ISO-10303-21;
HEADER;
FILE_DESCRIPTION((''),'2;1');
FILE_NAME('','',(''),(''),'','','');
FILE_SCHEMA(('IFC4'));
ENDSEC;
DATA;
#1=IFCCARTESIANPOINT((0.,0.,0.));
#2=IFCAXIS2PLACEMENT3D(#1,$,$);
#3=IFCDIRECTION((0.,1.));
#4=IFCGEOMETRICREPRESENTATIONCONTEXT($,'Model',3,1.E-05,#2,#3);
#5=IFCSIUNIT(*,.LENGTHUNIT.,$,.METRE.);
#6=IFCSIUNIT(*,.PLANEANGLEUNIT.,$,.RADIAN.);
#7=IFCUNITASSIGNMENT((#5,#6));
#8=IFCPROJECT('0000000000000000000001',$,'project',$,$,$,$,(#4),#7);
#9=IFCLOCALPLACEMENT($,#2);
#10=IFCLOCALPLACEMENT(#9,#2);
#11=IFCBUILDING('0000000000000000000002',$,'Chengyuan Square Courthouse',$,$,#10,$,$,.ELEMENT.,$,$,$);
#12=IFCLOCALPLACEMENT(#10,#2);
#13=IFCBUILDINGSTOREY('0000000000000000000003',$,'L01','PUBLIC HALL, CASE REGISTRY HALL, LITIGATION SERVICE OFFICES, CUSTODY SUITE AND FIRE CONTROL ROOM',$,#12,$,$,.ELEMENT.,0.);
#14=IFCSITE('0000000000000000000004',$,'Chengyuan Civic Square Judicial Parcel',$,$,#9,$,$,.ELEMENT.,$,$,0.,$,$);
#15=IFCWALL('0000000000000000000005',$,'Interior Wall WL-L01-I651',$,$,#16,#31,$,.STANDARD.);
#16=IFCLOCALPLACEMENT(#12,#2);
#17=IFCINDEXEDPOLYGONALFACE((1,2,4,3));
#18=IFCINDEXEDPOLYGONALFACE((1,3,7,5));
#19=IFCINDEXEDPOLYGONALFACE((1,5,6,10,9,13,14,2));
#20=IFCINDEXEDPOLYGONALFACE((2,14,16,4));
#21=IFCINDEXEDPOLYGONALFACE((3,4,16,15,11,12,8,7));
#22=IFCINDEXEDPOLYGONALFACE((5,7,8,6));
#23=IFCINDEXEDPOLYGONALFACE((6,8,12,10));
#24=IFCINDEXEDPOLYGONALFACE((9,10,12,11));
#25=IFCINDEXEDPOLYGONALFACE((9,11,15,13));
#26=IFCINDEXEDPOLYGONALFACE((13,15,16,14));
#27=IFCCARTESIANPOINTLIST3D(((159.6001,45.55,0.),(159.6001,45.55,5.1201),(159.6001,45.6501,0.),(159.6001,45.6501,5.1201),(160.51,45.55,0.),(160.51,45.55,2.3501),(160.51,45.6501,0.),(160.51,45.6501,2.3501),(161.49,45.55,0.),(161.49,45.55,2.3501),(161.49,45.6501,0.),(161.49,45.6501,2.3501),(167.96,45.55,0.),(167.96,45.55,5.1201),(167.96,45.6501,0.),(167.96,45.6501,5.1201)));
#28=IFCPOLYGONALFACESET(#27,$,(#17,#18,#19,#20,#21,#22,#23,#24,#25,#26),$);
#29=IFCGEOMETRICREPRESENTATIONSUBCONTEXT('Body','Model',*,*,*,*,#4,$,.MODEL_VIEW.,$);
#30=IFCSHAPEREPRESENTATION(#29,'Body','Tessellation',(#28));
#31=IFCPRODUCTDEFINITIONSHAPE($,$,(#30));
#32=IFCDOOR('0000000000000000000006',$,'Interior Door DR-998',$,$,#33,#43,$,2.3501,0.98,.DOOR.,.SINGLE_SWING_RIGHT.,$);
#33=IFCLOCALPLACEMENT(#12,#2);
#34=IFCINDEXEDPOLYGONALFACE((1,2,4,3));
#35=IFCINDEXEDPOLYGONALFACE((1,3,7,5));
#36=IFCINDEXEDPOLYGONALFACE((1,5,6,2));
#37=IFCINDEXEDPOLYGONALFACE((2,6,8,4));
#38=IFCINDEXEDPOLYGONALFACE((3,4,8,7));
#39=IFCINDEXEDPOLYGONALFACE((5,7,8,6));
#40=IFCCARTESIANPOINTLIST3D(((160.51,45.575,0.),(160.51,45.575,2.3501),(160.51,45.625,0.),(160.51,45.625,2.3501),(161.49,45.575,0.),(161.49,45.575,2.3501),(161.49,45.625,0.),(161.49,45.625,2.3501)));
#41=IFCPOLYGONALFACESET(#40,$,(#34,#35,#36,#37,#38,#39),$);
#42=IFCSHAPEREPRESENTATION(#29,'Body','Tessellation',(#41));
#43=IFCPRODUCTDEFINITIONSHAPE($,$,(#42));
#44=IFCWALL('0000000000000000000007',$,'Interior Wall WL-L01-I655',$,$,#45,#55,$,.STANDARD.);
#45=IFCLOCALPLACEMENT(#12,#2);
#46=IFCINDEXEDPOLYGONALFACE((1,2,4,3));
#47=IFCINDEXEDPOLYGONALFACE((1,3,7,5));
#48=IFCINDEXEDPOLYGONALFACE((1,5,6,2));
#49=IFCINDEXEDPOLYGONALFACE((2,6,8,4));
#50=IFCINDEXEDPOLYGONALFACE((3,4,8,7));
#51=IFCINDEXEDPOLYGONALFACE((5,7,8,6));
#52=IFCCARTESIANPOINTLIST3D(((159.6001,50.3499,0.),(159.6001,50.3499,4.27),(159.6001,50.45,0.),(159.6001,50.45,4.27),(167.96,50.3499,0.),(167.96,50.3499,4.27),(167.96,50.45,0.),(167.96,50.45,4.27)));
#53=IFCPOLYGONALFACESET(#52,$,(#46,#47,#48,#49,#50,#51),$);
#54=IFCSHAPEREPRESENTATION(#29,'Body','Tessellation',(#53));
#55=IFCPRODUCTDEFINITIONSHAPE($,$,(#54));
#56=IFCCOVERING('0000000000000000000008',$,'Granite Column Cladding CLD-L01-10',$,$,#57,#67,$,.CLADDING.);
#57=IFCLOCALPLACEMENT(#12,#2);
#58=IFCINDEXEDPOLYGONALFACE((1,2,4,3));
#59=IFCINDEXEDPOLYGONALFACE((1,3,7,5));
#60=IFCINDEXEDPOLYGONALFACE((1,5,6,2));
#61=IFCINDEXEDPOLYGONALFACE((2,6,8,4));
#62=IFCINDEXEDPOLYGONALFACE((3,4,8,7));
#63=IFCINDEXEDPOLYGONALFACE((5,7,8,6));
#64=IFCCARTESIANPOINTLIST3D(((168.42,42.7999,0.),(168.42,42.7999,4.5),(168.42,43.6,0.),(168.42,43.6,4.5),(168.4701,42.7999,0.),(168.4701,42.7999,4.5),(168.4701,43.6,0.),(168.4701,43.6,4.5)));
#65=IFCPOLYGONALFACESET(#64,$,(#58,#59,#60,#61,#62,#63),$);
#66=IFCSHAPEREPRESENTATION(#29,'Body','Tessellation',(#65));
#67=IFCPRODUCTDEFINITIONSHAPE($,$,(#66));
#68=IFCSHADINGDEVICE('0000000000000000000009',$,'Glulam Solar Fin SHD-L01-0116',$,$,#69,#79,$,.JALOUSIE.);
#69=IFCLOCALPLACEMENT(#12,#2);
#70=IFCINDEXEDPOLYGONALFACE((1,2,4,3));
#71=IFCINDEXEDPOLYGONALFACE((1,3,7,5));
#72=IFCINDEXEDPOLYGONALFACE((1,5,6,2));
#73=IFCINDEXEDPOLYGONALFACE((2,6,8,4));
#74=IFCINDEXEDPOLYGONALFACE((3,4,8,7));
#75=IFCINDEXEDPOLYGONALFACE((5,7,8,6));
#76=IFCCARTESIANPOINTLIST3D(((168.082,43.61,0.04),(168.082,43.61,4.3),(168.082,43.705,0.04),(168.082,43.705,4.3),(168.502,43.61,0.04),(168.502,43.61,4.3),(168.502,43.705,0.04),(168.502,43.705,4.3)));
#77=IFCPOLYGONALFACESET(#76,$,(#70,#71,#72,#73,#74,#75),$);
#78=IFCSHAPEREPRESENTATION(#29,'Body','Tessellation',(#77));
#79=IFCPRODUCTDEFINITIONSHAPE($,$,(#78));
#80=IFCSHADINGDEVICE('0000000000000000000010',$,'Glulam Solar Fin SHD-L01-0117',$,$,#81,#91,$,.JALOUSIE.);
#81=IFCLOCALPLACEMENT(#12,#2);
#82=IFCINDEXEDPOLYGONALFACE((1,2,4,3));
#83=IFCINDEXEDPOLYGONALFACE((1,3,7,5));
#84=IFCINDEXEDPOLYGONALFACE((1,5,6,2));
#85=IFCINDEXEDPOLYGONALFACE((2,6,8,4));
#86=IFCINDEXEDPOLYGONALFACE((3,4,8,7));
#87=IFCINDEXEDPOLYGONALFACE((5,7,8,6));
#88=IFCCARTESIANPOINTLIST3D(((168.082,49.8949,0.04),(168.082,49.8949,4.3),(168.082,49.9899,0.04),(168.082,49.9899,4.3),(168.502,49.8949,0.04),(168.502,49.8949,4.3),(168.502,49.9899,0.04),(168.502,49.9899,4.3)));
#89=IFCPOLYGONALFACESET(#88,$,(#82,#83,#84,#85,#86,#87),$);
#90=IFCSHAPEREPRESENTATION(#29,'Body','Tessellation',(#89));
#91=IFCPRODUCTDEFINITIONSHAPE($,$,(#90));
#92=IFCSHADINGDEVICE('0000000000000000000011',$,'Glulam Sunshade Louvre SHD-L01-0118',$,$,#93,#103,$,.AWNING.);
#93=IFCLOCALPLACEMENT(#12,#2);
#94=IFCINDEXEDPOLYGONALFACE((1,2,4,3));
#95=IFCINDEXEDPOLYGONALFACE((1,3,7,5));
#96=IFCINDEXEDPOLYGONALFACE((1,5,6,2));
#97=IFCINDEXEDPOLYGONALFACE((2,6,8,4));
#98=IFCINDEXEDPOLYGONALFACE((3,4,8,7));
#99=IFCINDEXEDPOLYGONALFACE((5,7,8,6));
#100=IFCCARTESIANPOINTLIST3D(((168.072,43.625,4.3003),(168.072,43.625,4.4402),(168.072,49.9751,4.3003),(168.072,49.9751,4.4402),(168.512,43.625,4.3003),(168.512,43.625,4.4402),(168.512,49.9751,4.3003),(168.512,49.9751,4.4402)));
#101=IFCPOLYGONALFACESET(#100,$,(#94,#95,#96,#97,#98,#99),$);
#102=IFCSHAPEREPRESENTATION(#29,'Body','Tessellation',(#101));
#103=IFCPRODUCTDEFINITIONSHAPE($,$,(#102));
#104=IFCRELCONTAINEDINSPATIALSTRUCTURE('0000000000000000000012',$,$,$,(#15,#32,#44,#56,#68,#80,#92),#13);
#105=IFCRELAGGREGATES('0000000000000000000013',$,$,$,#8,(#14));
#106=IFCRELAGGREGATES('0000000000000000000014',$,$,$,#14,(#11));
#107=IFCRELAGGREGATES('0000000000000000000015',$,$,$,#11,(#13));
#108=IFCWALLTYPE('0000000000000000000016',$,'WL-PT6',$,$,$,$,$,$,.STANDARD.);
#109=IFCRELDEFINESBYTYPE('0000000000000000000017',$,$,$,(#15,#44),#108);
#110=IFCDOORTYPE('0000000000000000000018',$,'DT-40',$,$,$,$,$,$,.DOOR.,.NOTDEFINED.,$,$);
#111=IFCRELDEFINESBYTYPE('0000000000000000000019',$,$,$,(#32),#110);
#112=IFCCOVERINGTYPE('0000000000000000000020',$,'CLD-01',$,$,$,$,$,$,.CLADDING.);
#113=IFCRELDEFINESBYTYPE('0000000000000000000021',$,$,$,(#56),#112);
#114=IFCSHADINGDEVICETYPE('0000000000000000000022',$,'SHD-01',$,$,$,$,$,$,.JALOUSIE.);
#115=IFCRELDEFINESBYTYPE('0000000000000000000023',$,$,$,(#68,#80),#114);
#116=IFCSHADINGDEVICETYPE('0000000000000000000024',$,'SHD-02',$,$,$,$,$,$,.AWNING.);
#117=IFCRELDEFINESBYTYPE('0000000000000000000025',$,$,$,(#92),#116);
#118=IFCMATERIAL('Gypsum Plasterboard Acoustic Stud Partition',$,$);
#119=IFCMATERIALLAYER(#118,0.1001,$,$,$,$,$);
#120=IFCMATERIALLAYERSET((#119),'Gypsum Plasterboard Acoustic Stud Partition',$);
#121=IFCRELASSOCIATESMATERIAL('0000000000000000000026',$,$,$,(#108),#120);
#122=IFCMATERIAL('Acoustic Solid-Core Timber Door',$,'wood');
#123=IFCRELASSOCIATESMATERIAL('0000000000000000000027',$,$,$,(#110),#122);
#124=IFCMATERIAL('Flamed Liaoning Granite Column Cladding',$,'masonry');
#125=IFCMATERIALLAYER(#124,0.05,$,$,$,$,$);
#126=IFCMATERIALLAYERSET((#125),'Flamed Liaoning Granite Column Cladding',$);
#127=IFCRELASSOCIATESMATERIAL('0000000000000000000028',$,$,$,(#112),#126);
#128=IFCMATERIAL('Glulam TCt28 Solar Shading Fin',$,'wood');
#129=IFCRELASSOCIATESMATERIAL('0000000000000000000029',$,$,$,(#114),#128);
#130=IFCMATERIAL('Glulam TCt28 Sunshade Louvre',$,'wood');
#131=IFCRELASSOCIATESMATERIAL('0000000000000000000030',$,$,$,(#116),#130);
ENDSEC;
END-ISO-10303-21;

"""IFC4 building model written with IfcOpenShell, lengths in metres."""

from ifc_helpers import new_model, si_unit, direction, frame, frame_2d, origin, origin_2d, place, context, subcontext, project, spatial, rectangle, extrude, material, layer, layer_set, type_object, element, fill, save


model = new_model("IFC4")

# Units and contexts
model_context = context("Model", 3, precision=1e-05, world=origin(), true_north=direction((0.0, 1.0)))
body_context = subcontext(model_context, "Body", "Model", "MODEL_VIEW")
ifc_project = project(units=[si_unit("LENGTHUNIT", "METRE"), si_unit("PLANEANGLEUNIT", "RADIAN")], contexts=[model_context])

# Site, building, storey
site_placement = place(None, origin())
site = spatial("IfcSite", under=ifc_project, at=site_placement, Name="Chengyuan Civic Square Judicial Parcel", CompositionType="ELEMENT", RefElevation=0.0)
building_placement = place(site_placement, origin())
building = spatial("IfcBuilding", under=site, at=building_placement, Name="Chengyuan Square Courthouse", CompositionType="ELEMENT")
storey_placement = place(building_placement, origin())
storey = spatial("IfcBuildingStorey", under=building, at=storey_placement, Name="L01", Description="PUBLIC HALL, CASE REGISTRY HALL, LITIGATION SERVICE OFFICES, CUSTODY SUITE AND FIRE CONTROL ROOM", CompositionType="ELEMENT", Elevation=0.0)

# Wall, opening, door
ifc_material_1 = material(Name="Gypsum Plasterboard Acoustic Stud Partition")
ifc_layer_1 = layer(ifc_material_1, 0.1001)
ifc_layer_set_1 = layer_set([ifc_layer_1], Name="Gypsum Plasterboard Acoustic Stud Partition")
wall_type_1 = type_object("IfcWallType", Name="WL-PT6", PredefinedType="STANDARD", material=ifc_layer_set_1)
wall_1_placement = place(storey_placement, frame((159.6001, 45.6001, 0.0), z_axis=(0.0, 0.0, 1.0), x_axis=(1.0, 0.0, 0.0)))
wall_1 = element("IfcWall", 1, at=wall_1_placement, inside=storey, type_object=wall_type_1, Name="Interior Wall WL-L01-I651", PredefinedType="STANDARD", context=body_context, shape_type="SweptSolid", body=[
    extrude(rectangle(XDim=8.3599, YDim=0.1001, at=frame_2d((4.1799, 0.0))), origin(), (0.0, 0.0, 1.0), 5.1201),
])
opening_1_placement = place(wall_1_placement, frame((0.9099, 0.0, 0.0)))
opening_1 = element("IfcOpeningElement", 2, at=opening_1_placement, cuts=wall_1, PredefinedType="OPENING", context=body_context, shape_type="SweptSolid", body=[
    extrude(rectangle(XDim=0.98, YDim=2.3501, at=frame_2d((0.49, 1.175))), frame((0.0, 0.062, 0.0), z_axis=(0.0, -1.0, 0.0), x_axis=(1.0, 0.0, 0.0)), (0.0, 0.0, 1.0), 0.124),
])
ifc_material_2 = material(Name="Acoustic Solid-Core Timber Door", Category="wood")
door_type_1 = type_object("IfcDoorType", Name="DT-40", OperationType="NOTDEFINED", PredefinedType="DOOR", material=ifc_material_2)
door_1_placement = place(opening_1_placement, origin())
door_1 = element("IfcDoor", 3, at=door_1_placement, inside=storey, type_object=door_type_1, Name="Interior Door DR-998", OperationType="SINGLE_SWING_RIGHT", OverallHeight=2.3501, OverallWidth=0.98, PredefinedType="DOOR", context=body_context, shape_type="SweptSolid", body=[
    extrude(rectangle(XDim=0.98, YDim=2.3501, at=frame_2d((0.49, 1.175))), frame((0.0, 0.0249, 0.0), z_axis=(0.0, -1.0, 0.0), x_axis=(1.0, 0.0, 0.0)), (0.0, 0.0, 1.0), 0.05),
])
fill(opening_1, door_1)

# Wall
wall_2_placement = place(storey_placement, frame((159.6001, 50.3999, 0.0), z_axis=(0.0, 0.0, 1.0), x_axis=(1.0, 0.0, 0.0)))
element("IfcWall", 4, at=wall_2_placement, inside=storey, type_object=wall_type_1, Name="Interior Wall WL-L01-I655", PredefinedType="STANDARD", context=body_context, shape_type="SweptSolid", body=[
    extrude(rectangle(XDim=8.3599, YDim=0.1001, at=frame_2d((4.1799, 0.0))), origin(), (0.0, 0.0, 1.0), 4.27),
])

# Covering
ifc_material_3 = material(Name="Flamed Liaoning Granite Column Cladding", Category="masonry")
ifc_layer_2 = layer(ifc_material_3, 0.05)
ifc_layer_set_2 = layer_set([ifc_layer_2], Name="Flamed Liaoning Granite Column Cladding")
covering_type = type_object("IfcCoveringType", Name="CLD-01", PredefinedType="CLADDING", material=ifc_layer_set_2)
covering_placement = place(storey_placement, frame((168.4451, 43.2, 0.0), z_axis=(0.0, 0.0, 1.0), x_axis=(1.0, 0.0, 0.0)))
element("IfcCovering", 5, at=covering_placement, inside=storey, type_object=covering_type, Name="Granite Column Cladding CLD-L01-10", PredefinedType="CLADDING", context=body_context, shape_type="SweptSolid", body=[
    extrude(rectangle(XDim=0.05, YDim=0.8, at=origin_2d()), origin(), (0.0, 0.0, 1.0), 4.5),
])

# Shading devices
ifc_material_4 = material(Name="Glulam TCt28 Solar Shading Fin", Category="wood")
shading_device_type_1 = type_object("IfcShadingDeviceType", Name="SHD-01", PredefinedType="JALOUSIE", material=ifc_material_4)
for number, where, z_axis, x_axis, name in (
    (6, (168.292, 43.6575, 0.04), (0.0, 0.0, 1.0), (1.0, 0.0, 0.0), "Glulam Solar Fin SHD-L01-0116"),
    (7, (168.292, 49.9424, 0.04), (0.0, 0.0, 1.0), (1.0, 0.0, 0.0), "Glulam Solar Fin SHD-L01-0117"),
):
    element("IfcShadingDevice", number, at=place(storey_placement, frame(where, z_axis=z_axis, x_axis=x_axis)), inside=storey, type_object=shading_device_type_1, Name=name, PredefinedType="JALOUSIE", context=body_context, shape_type="SweptSolid", body=[
        extrude(rectangle(XDim=0.4199, YDim=0.095, at=origin_2d()), origin(), (0.0, 0.0, 1.0), 4.26),
    ])
ifc_material_5 = material(Name="Glulam TCt28 Sunshade Louvre", Category="wood")
shading_device_type_2 = type_object("IfcShadingDeviceType", Name="SHD-02", PredefinedType="AWNING", material=ifc_material_5)
shading_device_placement = place(storey_placement, frame((168.292, 46.8, 4.3003), z_axis=(0.0, 0.0, 1.0), x_axis=(0.0, 1.0, 0.0)))
element("IfcShadingDevice", 8, at=shading_device_placement, inside=storey, type_object=shading_device_type_2, Name="Glulam Sunshade Louvre SHD-L01-0118", PredefinedType="AWNING", context=body_context, shape_type="SweptSolid", body=[
    extrude(rectangle(XDim=6.3501, YDim=0.4399, at=origin_2d()), origin(), (0.0, 0.0, 1.0), 0.1399),
])

save(model, "model.ifc")
